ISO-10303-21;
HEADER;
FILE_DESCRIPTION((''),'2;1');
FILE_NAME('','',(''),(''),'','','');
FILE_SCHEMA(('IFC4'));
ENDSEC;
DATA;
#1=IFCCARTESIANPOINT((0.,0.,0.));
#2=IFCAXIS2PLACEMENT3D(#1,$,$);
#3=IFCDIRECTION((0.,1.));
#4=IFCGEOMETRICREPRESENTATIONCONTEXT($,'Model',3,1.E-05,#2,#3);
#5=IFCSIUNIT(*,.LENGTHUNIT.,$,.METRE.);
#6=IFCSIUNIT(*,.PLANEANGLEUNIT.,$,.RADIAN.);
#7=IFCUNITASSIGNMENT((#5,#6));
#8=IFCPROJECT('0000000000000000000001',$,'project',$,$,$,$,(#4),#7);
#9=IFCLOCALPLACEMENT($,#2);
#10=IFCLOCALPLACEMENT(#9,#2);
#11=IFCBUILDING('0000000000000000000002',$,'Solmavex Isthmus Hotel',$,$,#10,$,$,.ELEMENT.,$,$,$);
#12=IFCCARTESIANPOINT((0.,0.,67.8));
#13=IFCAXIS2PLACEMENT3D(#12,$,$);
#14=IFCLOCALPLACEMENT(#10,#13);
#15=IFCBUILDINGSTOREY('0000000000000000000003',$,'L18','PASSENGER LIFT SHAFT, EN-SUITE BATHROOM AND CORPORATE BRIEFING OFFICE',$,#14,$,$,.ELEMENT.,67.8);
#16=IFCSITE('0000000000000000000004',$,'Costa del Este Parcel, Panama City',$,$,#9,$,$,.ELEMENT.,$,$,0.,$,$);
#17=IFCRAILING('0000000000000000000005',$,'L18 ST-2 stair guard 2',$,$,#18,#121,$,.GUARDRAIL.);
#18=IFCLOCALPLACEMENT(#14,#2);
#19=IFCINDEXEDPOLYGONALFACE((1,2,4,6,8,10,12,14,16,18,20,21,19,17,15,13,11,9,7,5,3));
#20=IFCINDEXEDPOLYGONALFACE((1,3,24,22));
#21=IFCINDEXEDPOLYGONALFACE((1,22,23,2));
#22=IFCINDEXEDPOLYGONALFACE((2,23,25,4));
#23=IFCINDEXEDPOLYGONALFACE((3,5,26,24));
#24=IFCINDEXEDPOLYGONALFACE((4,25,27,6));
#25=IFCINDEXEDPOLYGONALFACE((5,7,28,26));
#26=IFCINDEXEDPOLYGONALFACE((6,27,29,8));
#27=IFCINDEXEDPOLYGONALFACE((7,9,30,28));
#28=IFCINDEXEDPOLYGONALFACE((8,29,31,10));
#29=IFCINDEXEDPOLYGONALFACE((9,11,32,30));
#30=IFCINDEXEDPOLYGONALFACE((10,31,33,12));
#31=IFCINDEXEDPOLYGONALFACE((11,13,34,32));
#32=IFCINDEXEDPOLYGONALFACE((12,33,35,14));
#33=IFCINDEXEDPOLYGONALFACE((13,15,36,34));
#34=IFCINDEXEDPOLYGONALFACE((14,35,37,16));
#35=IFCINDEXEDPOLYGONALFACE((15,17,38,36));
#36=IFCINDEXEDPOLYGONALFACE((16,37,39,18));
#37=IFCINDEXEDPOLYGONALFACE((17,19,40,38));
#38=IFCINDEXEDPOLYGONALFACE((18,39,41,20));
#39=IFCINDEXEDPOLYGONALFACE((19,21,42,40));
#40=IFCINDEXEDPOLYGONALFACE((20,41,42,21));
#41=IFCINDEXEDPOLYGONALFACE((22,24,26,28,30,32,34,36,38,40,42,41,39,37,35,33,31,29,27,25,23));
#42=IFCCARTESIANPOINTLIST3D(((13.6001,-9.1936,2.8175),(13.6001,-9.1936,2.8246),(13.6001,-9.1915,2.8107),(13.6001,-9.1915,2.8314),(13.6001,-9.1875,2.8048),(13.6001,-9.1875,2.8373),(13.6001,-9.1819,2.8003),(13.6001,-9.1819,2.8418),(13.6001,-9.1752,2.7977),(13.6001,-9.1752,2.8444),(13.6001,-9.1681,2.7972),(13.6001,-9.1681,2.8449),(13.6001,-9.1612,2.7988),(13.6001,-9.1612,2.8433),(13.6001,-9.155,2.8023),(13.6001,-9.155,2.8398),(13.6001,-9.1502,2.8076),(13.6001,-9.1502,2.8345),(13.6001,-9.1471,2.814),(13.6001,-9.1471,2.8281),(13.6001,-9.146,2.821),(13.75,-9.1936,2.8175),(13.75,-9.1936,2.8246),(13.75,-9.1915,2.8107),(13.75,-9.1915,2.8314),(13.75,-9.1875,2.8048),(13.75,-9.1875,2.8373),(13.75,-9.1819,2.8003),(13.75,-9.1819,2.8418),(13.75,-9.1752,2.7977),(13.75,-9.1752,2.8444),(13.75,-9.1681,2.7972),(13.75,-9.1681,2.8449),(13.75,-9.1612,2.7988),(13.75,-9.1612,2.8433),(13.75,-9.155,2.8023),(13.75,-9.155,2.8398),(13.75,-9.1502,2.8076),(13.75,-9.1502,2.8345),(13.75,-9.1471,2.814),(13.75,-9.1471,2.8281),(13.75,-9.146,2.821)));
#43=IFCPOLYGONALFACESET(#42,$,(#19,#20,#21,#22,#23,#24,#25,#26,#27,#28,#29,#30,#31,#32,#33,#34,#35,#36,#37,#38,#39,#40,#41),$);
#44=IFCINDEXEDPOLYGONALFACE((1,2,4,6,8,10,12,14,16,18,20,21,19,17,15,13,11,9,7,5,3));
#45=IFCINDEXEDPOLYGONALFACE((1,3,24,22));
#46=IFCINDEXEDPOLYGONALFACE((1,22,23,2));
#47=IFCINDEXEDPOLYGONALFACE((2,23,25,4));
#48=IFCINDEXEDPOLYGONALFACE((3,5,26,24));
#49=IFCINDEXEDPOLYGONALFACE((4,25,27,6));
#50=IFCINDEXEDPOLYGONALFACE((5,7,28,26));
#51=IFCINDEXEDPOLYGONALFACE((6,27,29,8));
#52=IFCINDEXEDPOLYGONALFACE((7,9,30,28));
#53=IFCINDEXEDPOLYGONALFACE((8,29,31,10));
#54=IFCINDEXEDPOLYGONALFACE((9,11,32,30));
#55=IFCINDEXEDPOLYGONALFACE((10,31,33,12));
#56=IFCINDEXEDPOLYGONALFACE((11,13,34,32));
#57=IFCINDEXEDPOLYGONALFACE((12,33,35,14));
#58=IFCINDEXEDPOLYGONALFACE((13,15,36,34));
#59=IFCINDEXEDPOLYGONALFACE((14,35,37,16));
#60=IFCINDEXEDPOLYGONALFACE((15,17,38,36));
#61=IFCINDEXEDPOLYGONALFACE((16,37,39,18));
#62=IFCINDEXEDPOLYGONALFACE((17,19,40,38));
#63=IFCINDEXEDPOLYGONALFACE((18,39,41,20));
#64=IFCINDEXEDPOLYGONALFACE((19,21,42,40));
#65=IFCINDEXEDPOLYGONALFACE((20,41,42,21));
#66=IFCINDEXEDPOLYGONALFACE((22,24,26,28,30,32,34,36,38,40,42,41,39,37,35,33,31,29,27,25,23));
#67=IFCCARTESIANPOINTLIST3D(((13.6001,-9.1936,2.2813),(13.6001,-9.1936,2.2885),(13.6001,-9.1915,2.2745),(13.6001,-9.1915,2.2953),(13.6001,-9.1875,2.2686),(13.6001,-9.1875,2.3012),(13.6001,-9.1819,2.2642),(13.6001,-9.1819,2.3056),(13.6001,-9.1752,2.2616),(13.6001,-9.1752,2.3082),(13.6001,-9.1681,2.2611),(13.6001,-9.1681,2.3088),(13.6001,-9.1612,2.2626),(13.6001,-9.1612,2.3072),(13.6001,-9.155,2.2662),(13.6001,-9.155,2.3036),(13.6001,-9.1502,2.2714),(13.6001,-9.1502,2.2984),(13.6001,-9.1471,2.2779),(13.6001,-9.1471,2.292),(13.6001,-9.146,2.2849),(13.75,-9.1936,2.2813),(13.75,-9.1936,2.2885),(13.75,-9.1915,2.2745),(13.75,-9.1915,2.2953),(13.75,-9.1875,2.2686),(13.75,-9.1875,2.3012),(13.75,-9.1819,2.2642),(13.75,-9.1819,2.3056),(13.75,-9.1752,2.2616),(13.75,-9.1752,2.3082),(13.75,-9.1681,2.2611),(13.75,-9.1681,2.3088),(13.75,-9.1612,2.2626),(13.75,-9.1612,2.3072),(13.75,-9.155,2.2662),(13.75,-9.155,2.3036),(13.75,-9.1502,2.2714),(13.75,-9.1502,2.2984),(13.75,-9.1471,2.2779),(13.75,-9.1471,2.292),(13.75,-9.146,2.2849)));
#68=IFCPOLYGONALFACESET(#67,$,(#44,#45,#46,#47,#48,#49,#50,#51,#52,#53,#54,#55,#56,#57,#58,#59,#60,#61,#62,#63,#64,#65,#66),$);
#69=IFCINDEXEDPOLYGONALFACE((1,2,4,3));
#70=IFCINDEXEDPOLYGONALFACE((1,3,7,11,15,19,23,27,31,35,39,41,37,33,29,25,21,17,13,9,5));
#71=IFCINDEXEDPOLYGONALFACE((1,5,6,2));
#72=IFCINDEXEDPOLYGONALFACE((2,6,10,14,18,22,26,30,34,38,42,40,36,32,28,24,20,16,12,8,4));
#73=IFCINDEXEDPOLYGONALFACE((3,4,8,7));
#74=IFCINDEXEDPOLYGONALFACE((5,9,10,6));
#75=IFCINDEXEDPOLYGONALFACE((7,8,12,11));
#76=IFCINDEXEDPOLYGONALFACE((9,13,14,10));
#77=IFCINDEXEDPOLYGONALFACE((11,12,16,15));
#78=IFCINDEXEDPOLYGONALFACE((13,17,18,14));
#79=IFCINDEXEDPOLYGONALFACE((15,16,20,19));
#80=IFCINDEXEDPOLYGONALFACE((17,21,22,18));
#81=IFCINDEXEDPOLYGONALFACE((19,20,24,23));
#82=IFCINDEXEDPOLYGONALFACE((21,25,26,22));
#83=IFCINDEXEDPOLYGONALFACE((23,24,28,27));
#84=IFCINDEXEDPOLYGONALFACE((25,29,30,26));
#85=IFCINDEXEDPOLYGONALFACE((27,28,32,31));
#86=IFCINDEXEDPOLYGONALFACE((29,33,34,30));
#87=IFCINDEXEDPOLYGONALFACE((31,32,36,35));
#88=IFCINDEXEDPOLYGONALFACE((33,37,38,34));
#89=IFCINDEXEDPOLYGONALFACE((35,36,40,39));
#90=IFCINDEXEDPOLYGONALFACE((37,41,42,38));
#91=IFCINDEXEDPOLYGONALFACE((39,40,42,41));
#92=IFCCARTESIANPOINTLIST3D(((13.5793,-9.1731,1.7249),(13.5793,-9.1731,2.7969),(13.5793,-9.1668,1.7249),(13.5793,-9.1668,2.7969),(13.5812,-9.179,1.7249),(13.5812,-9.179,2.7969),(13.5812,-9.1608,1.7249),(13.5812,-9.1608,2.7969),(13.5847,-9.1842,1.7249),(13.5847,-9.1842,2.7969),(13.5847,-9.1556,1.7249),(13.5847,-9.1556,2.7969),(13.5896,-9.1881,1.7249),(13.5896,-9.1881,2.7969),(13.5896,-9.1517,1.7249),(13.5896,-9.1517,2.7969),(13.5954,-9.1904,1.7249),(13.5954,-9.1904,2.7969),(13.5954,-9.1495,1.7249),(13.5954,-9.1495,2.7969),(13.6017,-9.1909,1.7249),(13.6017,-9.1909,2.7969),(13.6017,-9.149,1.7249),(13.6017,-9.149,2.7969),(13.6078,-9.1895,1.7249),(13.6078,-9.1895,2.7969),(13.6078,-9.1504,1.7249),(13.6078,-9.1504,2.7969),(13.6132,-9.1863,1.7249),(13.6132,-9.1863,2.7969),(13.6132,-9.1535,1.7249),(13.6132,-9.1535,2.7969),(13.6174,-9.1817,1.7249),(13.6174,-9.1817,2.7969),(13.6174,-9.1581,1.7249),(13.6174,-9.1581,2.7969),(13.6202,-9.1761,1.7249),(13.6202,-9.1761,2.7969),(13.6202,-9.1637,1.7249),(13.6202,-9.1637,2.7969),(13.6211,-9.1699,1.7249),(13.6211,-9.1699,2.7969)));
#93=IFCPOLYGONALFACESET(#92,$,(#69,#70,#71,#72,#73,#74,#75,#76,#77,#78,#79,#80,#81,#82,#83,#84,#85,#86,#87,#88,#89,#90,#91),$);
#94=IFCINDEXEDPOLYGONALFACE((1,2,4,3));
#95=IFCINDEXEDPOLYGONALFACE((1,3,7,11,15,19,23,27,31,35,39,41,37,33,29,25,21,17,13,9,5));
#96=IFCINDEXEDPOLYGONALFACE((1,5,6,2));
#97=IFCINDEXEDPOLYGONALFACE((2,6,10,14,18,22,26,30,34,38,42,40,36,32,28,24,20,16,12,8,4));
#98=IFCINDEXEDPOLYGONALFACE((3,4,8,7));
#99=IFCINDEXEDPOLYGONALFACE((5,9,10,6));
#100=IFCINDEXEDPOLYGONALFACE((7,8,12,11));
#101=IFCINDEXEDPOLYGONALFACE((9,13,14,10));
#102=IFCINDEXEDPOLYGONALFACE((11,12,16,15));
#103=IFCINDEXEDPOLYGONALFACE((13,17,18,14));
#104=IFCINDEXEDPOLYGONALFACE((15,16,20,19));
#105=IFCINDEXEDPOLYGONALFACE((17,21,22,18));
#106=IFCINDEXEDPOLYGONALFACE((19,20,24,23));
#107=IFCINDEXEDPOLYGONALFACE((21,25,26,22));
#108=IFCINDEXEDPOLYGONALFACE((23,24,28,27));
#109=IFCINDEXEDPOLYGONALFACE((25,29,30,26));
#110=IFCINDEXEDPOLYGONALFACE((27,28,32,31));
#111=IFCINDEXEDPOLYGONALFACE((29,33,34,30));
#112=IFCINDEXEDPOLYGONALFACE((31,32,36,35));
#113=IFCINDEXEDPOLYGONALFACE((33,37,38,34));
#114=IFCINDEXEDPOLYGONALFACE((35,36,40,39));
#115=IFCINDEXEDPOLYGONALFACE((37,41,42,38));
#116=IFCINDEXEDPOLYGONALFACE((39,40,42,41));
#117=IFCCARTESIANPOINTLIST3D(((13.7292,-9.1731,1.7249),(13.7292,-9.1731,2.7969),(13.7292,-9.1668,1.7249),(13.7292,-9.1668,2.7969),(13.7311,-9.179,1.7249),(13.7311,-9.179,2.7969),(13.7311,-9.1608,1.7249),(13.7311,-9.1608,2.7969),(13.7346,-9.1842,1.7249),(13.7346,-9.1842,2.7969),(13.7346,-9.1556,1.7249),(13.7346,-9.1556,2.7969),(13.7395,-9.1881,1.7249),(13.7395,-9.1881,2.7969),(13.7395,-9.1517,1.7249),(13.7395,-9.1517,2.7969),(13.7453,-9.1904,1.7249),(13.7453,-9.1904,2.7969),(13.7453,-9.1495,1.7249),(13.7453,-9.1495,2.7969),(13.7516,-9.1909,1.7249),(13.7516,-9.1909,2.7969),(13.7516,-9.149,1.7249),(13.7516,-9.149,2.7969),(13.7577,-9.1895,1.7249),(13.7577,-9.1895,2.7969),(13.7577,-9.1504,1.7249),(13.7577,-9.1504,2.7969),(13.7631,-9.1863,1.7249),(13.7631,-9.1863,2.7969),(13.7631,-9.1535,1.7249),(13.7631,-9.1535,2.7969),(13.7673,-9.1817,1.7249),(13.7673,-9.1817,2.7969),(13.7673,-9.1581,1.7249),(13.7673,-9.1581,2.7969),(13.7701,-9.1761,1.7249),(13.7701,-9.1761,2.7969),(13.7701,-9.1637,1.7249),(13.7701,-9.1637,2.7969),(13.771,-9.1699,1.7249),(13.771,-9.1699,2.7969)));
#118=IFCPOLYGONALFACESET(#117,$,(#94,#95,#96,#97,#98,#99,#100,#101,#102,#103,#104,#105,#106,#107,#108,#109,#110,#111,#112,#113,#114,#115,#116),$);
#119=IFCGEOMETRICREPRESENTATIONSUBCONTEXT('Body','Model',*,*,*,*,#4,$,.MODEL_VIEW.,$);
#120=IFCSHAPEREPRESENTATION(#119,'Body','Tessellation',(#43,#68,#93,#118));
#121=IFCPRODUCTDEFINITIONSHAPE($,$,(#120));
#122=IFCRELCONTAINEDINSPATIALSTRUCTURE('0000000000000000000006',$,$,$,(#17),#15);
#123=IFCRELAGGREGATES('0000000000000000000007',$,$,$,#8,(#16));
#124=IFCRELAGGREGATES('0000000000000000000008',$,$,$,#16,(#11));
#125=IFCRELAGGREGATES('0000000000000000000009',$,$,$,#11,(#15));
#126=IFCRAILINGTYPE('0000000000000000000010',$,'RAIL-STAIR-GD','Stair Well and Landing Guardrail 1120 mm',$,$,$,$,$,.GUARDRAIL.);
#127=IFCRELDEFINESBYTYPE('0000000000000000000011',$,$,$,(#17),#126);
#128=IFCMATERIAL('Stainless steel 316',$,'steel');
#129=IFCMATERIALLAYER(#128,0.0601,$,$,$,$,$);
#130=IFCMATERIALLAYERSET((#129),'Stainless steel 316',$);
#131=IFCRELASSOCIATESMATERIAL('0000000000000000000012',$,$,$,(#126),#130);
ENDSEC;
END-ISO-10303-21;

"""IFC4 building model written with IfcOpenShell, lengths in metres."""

from ifc_helpers import new_model, si_unit, direction, frame, origin, origin_2d, place, context, subcontext, project, spatial, circle, extrude, material, layer, layer_set, type_object, element, save


model = new_model("IFC4")

# Units and contexts
model_context = context("Model", 3, precision=1e-05, world=origin(), true_north=direction((0.0, 1.0)))
body_context = subcontext(model_context, "Body", "Model", "MODEL_VIEW")
ifc_project = project(units=[si_unit("LENGTHUNIT", "METRE"), si_unit("PLANEANGLEUNIT", "RADIAN")], contexts=[model_context])

# Site, building, storey
site_placement = place(None, origin())
site = spatial("IfcSite", under=ifc_project, at=site_placement, Name="Costa del Este Parcel, Panama City", CompositionType="ELEMENT", RefElevation=0.0)
building_placement = place(site_placement, origin())
building = spatial("IfcBuilding", under=site, at=building_placement, Name="Solmavex Isthmus Hotel", CompositionType="ELEMENT")
storey_placement = place(building_placement, frame((0.0, 0.0, 67.8)))
storey = spatial("IfcBuildingStorey", under=building, at=storey_placement, Name="L18", Description="PASSENGER LIFT SHAFT, EN-SUITE BATHROOM AND CORPORATE BRIEFING OFFICE", CompositionType="ELEMENT", Elevation=67.8)

# Railing
ifc_material_1 = material(Name="Stainless steel 316", Category="steel")
ifc_layer_1 = layer(ifc_material_1, 0.0601)
ifc_layer_set_1 = layer_set([ifc_layer_1], Name="Stainless steel 316")
railing_type_1 = type_object("IfcRailingType", Name="RAIL-STAIR-GD", Description="Stair Well and Landing Guardrail 1120 mm", PredefinedType="GUARDRAIL", material=ifc_layer_set_1)
railing_1_placement = place(storey_placement, frame((13.6001, -9.1699, 1.7249)))
element("IfcRailing", 1, at=railing_1_placement, inside=storey, type_object=railing_type_1, Name="L18 ST-2 stair guard 2", PredefinedType="GUARDRAIL", context=body_context, shape_type="SweptSolid", body=[
    extrude(circle(Radius=0.0239, at=origin_2d()), frame((0.0, 0.0, 1.0962), z_axis=(1.0, 0.0, 0.0), x_axis=(0.0, 1.0, 0.0)), (0.0, 0.0, 1.0), 0.1499),
    extrude(circle(Radius=0.0239, at=origin_2d()), frame((0.0, 0.0, 0.5601), z_axis=(1.0, 0.0, 0.0), x_axis=(0.0, 1.0, 0.0)), (0.0, 0.0, 1.0), 0.1499),
    extrude(circle(Radius=0.021, at=origin_2d()), origin(), (0.0, 0.0, 1.0), 1.072),
    extrude(circle(Radius=0.021, at=origin_2d()), frame((0.1499, 0.0, 0.0)), (0.0, 0.0, 1.0), 1.072),
])

save(model, "model.ifc")
